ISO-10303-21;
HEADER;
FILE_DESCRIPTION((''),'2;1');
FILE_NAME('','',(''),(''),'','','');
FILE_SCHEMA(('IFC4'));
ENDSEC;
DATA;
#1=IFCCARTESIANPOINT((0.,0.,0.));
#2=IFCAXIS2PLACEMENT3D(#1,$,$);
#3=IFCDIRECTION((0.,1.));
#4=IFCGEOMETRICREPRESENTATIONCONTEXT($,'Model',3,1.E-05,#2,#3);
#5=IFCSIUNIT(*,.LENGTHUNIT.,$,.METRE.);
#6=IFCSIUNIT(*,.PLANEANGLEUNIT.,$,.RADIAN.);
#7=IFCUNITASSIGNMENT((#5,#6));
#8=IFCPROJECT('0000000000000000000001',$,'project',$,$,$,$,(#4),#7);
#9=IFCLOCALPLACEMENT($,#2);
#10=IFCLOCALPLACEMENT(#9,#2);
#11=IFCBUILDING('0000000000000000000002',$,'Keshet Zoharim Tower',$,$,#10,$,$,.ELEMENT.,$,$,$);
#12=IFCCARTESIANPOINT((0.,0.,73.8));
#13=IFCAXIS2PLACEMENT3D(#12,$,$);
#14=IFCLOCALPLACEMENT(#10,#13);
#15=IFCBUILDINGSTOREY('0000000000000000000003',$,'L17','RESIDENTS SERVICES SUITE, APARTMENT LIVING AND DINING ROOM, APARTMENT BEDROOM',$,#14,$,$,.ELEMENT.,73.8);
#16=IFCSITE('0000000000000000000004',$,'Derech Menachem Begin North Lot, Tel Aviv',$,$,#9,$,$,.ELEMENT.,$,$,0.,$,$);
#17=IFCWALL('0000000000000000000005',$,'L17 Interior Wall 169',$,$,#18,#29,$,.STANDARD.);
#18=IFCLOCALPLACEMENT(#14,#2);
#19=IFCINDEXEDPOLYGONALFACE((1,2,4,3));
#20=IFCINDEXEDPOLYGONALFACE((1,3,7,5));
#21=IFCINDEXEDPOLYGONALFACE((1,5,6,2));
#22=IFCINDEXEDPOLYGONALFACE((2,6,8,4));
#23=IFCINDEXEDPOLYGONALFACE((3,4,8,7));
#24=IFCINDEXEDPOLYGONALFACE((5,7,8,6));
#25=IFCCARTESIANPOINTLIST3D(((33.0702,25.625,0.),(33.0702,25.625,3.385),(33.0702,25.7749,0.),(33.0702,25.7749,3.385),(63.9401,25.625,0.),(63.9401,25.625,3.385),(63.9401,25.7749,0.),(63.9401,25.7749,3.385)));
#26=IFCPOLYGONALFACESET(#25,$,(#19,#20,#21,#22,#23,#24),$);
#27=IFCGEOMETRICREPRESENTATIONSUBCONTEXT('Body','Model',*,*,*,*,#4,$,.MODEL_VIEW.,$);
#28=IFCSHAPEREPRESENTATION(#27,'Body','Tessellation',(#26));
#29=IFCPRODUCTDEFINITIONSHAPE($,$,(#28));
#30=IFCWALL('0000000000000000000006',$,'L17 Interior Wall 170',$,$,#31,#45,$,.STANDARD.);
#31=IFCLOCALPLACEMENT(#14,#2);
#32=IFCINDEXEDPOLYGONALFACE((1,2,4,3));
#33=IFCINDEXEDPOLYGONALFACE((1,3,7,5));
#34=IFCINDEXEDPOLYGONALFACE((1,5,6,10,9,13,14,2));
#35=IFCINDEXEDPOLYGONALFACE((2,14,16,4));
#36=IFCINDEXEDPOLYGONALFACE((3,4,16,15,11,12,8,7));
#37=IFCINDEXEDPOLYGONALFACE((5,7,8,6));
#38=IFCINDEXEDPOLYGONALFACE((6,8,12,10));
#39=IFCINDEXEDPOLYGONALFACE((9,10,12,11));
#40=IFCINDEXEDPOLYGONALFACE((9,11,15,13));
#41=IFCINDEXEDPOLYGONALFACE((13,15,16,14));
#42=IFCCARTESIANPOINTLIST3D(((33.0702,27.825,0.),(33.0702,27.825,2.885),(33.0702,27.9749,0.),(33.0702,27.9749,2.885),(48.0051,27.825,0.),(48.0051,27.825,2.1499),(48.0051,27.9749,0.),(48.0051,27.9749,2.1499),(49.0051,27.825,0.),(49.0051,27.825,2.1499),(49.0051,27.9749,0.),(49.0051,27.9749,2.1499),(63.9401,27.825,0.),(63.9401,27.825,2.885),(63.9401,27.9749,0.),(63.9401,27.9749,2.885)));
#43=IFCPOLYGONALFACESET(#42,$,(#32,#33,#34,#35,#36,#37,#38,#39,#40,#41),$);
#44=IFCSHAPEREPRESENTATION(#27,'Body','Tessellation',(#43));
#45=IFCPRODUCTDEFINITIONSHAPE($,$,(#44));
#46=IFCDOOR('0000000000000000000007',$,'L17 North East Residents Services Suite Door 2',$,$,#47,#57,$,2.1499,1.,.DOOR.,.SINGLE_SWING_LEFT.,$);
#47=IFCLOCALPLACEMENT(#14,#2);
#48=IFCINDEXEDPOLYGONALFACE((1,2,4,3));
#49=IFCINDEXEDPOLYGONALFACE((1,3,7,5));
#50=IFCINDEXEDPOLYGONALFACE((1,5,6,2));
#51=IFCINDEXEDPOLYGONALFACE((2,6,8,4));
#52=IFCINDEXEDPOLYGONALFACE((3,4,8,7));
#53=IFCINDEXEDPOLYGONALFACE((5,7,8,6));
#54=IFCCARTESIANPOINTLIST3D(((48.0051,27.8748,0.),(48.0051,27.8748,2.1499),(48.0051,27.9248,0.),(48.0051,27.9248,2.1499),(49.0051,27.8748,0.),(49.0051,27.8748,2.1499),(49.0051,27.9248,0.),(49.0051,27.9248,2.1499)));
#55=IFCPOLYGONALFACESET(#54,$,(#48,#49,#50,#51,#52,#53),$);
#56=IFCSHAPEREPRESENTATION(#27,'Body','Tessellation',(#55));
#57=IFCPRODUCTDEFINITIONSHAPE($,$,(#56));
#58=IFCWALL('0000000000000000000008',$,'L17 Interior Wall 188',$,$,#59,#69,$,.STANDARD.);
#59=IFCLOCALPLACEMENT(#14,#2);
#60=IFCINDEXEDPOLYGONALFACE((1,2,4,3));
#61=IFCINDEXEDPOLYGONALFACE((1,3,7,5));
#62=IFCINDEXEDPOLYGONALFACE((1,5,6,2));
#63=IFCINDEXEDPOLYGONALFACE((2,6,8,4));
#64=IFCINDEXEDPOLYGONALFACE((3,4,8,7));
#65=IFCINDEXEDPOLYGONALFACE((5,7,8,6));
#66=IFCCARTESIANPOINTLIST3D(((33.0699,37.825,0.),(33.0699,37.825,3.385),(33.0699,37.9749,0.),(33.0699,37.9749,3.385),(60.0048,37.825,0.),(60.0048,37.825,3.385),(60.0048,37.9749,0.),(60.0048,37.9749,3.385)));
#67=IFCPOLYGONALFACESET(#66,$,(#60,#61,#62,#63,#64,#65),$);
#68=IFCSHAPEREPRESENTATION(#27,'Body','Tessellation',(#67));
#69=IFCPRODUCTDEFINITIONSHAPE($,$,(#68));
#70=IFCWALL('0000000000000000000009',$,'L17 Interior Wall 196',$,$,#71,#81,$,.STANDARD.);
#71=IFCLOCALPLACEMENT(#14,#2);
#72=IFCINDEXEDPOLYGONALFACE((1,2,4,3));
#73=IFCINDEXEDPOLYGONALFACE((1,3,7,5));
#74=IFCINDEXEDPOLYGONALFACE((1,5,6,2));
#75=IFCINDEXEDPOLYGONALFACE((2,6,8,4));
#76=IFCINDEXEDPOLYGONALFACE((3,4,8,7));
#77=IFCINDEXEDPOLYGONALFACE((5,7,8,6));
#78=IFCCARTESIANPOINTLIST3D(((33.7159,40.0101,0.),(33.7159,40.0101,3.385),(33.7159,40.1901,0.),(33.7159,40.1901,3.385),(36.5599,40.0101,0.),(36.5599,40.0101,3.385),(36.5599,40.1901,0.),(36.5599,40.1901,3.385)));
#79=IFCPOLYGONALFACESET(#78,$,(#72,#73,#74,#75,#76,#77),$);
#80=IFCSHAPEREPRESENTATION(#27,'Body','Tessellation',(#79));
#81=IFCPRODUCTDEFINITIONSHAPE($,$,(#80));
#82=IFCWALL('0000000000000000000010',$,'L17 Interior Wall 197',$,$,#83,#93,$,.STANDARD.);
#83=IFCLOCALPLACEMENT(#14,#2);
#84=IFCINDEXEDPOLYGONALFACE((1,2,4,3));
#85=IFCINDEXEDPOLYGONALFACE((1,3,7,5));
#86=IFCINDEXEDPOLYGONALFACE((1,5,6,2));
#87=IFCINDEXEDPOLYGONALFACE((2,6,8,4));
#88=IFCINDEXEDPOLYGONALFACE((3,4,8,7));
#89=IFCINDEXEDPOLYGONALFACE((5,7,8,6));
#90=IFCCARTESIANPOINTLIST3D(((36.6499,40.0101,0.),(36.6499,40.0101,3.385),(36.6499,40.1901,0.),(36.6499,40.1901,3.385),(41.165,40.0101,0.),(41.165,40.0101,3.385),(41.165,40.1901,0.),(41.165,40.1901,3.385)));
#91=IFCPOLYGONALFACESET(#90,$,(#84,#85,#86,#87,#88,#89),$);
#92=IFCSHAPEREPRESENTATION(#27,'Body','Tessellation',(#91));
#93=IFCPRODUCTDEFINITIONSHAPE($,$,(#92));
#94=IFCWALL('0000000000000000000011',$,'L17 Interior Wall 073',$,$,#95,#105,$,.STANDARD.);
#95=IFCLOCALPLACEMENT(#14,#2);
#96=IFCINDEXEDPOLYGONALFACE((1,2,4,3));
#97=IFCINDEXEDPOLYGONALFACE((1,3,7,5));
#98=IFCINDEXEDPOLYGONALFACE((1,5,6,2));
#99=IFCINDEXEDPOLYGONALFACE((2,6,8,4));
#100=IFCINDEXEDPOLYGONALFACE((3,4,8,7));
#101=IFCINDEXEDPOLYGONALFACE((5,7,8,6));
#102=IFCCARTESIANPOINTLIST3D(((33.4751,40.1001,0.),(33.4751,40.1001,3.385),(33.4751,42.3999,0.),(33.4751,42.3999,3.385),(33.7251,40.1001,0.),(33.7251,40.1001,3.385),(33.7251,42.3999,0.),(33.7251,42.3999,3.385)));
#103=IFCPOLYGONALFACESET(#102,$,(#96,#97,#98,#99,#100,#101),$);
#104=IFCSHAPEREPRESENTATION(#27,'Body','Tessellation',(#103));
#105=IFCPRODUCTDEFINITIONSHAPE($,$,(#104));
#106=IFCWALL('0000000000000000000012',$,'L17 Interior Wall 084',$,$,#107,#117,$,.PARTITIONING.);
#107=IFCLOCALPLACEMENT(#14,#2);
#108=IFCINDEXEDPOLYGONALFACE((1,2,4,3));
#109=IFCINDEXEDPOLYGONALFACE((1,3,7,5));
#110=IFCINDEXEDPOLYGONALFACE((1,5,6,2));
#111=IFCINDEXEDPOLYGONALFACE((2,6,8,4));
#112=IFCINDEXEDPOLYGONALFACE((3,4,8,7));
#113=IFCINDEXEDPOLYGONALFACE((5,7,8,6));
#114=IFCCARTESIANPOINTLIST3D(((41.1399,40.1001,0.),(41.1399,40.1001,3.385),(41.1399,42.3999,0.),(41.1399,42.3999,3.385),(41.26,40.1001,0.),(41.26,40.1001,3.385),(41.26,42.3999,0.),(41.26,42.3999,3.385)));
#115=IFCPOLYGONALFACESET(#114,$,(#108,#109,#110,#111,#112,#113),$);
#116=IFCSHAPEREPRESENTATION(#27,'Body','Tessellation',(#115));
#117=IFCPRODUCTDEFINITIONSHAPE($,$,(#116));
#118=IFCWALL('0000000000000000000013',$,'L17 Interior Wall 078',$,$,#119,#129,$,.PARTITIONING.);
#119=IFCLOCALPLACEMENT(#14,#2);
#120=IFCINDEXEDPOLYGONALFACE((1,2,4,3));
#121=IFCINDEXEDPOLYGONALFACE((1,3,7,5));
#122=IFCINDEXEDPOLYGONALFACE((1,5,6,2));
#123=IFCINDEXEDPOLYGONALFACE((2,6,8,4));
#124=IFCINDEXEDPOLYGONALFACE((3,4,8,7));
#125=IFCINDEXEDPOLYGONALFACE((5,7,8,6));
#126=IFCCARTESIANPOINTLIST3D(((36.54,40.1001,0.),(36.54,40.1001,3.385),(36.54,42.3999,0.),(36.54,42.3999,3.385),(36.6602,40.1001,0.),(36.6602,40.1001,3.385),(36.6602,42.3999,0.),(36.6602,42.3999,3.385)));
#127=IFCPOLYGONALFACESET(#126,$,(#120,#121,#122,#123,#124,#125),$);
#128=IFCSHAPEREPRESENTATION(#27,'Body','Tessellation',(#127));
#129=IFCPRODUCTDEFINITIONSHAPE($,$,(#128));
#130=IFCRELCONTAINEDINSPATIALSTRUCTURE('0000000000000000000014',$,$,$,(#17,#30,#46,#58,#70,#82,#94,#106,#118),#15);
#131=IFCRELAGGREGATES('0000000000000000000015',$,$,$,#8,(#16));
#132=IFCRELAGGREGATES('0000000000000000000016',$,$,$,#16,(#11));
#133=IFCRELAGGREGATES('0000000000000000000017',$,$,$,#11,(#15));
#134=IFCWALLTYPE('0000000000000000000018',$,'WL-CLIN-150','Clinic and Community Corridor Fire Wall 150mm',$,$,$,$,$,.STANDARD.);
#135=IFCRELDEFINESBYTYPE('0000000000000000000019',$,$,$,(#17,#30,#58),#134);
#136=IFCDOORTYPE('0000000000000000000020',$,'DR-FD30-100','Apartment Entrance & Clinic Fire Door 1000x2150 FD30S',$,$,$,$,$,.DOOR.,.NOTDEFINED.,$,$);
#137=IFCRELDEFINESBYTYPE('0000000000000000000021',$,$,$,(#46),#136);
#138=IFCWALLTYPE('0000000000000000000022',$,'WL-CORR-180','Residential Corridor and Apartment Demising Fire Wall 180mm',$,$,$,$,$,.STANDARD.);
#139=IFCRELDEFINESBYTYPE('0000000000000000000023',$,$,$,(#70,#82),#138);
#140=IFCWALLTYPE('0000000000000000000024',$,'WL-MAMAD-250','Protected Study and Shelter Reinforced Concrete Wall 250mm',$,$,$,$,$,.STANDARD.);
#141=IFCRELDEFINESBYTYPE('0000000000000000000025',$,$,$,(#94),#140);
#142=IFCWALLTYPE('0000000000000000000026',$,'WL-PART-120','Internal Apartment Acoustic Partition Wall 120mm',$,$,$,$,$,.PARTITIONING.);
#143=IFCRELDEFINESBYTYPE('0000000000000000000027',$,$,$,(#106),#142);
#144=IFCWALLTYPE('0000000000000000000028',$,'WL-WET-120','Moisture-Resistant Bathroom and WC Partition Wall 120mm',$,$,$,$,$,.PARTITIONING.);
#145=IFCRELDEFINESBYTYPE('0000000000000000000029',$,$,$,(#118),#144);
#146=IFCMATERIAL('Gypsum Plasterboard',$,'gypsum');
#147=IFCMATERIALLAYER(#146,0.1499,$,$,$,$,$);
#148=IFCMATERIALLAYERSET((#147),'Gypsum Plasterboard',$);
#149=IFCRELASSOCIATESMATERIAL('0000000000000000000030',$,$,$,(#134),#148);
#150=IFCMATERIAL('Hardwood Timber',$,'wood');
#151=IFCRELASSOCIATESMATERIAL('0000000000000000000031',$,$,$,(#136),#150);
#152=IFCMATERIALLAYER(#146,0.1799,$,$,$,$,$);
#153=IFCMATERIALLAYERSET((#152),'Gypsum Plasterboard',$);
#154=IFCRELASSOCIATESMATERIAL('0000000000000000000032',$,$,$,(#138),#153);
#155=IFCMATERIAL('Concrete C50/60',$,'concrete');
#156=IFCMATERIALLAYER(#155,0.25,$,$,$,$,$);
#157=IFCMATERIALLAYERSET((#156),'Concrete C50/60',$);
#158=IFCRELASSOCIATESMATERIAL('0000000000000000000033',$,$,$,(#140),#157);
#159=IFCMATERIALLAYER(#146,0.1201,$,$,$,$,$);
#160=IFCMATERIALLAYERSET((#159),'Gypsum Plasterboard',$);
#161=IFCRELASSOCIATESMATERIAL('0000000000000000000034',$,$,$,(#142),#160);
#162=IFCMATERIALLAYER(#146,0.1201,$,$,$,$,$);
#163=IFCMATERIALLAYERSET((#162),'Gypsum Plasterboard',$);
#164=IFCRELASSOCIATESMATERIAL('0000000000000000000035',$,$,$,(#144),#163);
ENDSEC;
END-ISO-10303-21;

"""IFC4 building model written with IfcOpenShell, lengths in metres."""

from ifc_helpers import new_model, si_unit, direction, frame, frame_2d, origin, place, context, subcontext, project, spatial, rectangle, extrude, material, layer, layer_set, type_object, element, fill, save


model = new_model("IFC4")

# Units and contexts
model_context = context("Model", 3, precision=1e-05, world=origin(), true_north=direction((0.0, 1.0)))
body_context = subcontext(model_context, "Body", "Model", "MODEL_VIEW")
ifc_project = project(units=[si_unit("LENGTHUNIT", "METRE"), si_unit("PLANEANGLEUNIT", "RADIAN")], contexts=[model_context])

# Site, building, storey
site_placement = place(None, origin())
site = spatial("IfcSite", under=ifc_project, at=site_placement, Name="Derech Menachem Begin North Lot, Tel Aviv", CompositionType="ELEMENT", RefElevation=0.0)
building_placement = place(site_placement, origin())
building = spatial("IfcBuilding", under=site, at=building_placement, Name="Keshet Zoharim Tower", CompositionType="ELEMENT")
storey_placement = place(building_placement, frame((0.0, 0.0, 73.8)))
storey = spatial("IfcBuildingStorey", under=building, at=storey_placement, Name="L17", Description="RESIDENTS SERVICES SUITE, APARTMENT LIVING AND DINING ROOM, APARTMENT BEDROOM", CompositionType="ELEMENT", Elevation=73.8)

# Shared definitions
ifc_material_1 = material(Name="Gypsum Plasterboard", Category="gypsum")
ifc_layer_1 = layer(ifc_material_1, 0.1499)
ifc_layer_set_1 = layer_set([ifc_layer_1], Name="Gypsum Plasterboard")
wall_type_1 = type_object("IfcWallType", Name="WL-CLIN-150", Description="Clinic and Community Corridor Fire Wall 150mm", PredefinedType="STANDARD", material=ifc_layer_set_1)

# Shared definitions
ifc_material_2 = material(Name="Hardwood Timber", Category="wood")
door_type = type_object("IfcDoorType", Name="DR-FD30-100", Description="Apartment Entrance & Clinic Fire Door 1000x2150 FD30S", OperationType="NOTDEFINED", PredefinedType="DOOR", material=ifc_material_2)

# Wall
wall_1_placement = place(storey_placement, frame((33.0701, 25.7, 0.0), z_axis=(0.0, 0.0, 1.0), x_axis=(1.0, 0.0, 0.0)))
element("IfcWall", 1, at=wall_1_placement, inside=storey, type_object=wall_type_1, Name="L17 Interior Wall 169", PredefinedType="STANDARD", context=body_context, shape_type="SweptSolid", body=[
    extrude(rectangle(XDim=30.8699, YDim=0.1499, at=frame_2d((15.4351, 0.0))), origin(), (0.0, 0.0, 1.0), 3.385),
])

# Wall, opening, door
wall_2_placement = place(storey_placement, frame((33.0701, 27.8999, 0.0), z_axis=(0.0, 0.0, 1.0), x_axis=(1.0, 0.0, 0.0)))
wall_2 = element("IfcWall", 2, at=wall_2_placement, inside=storey, type_object=wall_type_1, Name="L17 Interior Wall 170", PredefinedType="STANDARD", context=body_context, shape_type="SweptSolid", body=[
    extrude(rectangle(XDim=30.8699, YDim=0.1499, at=frame_2d((15.4351, 0.0))), origin(), (0.0, 0.0, 1.0), 2.885),
])
opening_1_placement = place(wall_2_placement, frame((14.9351, 0.0, 0.0)))
opening_1 = element("IfcOpeningElement", 3, at=opening_1_placement, cuts=wall_2, PredefinedType="OPENING", context=body_context, shape_type="SweptSolid", body=[
    extrude(rectangle(XDim=1.0, YDim=2.1499, at=frame_2d((0.5, 1.075))), frame((0.0, 0.085, 0.0), z_axis=(0.0, -1.0, 0.0), x_axis=(1.0, 0.0, 0.0)), (0.0, 0.0, 1.0), 0.1699),
])
door_1_placement = place(opening_1_placement, origin())
door_1 = element("IfcDoor", 4, at=door_1_placement, inside=storey, type_object=door_type, Name="L17 North East Residents Services Suite Door 2", OperationType="SINGLE_SWING_LEFT", OverallHeight=2.1499, OverallWidth=1.0, PredefinedType="DOOR", context=body_context, shape_type="SweptSolid", body=[
    extrude(rectangle(XDim=1.0, YDim=2.1499, at=frame_2d((0.5, 1.075))), frame((0.0, 0.0249, 0.0), z_axis=(0.0, -1.0, 0.0), x_axis=(1.0, 0.0, 0.0)), (0.0, 0.0, 1.0), 0.05),
])
fill(opening_1, door_1)

# Walls
wall_3_placement = place(storey_placement, frame((33.0701, 37.8999, 0.0), z_axis=(0.0, 0.0, 1.0), x_axis=(1.0, 0.0, 0.0)))
element("IfcWall", 5, at=wall_3_placement, inside=storey, type_object=wall_type_1, Name="L17 Interior Wall 188", PredefinedType="STANDARD", context=body_context, shape_type="SweptSolid", body=[
    extrude(rectangle(XDim=26.9348, YDim=0.1499, at=frame_2d((13.4673, 0.0))), origin(), (0.0, 0.0, 1.0), 3.385),
])
ifc_layer_2 = layer(ifc_material_1, 0.1799)
ifc_layer_set_2 = layer_set([ifc_layer_2], Name="Gypsum Plasterboard")
wall_type_2 = type_object("IfcWallType", Name="WL-CORR-180", Description="Residential Corridor and Apartment Demising Fire Wall 180mm", PredefinedType="STANDARD", material=ifc_layer_set_2)
wall_4_placement = place(storey_placement, frame((33.7161, 40.1001, 0.0), z_axis=(0.0, 0.0, 1.0), x_axis=(1.0, 0.0, 0.0)))
element("IfcWall", 6, at=wall_4_placement, inside=storey, type_object=wall_type_2, Name="L17 Interior Wall 196", PredefinedType="STANDARD", context=body_context, shape_type="SweptSolid", body=[
    extrude(rectangle(XDim=2.844, YDim=0.1799, at=frame_2d((1.4219, 0.0))), origin(), (0.0, 0.0, 1.0), 3.385),
])
wall_5_placement = place(storey_placement, frame((36.6499, 40.1001, 0.0), z_axis=(0.0, 0.0, 1.0), x_axis=(1.0, 0.0, 0.0)))
element("IfcWall", 7, at=wall_5_placement, inside=storey, type_object=wall_type_2, Name="L17 Interior Wall 197", PredefinedType="STANDARD", context=body_context, shape_type="SweptSolid", body=[
    extrude(rectangle(XDim=4.5151, YDim=0.1799, at=frame_2d((2.2576, 0.0))), origin(), (0.0, 0.0, 1.0), 3.385),
])

# Walls
ifc_material_3 = material(Name="Concrete C50/60", Category="concrete")
ifc_layer_3 = layer(ifc_material_3, 0.25)
ifc_layer_set_3 = layer_set([ifc_layer_3], Name="Concrete C50/60")
wall_type_3 = type_object("IfcWallType", Name="WL-MAMAD-250", Description="Protected Study and Shelter Reinforced Concrete Wall 250mm", PredefinedType="STANDARD", material=ifc_layer_set_3)
wall_6_placement = place(storey_placement, frame((33.6001, 40.1001, 0.0), z_axis=(0.0, 0.0, 1.0), x_axis=(0.0, 1.0, 0.0)))
element("IfcWall", 8, at=wall_6_placement, inside=storey, type_object=wall_type_3, Name="L17 Interior Wall 073", PredefinedType="STANDARD", context=body_context, shape_type="SweptSolid", body=[
    extrude(rectangle(XDim=2.2998, YDim=0.25, at=frame_2d((1.1499, 0.0))), origin(), (0.0, 0.0, 1.0), 3.385),
])
ifc_layer_4 = layer(ifc_material_1, 0.1201)
ifc_layer_set_4 = layer_set([ifc_layer_4], Name="Gypsum Plasterboard")
wall_type_4 = type_object("IfcWallType", Name="WL-PART-120", Description="Internal Apartment Acoustic Partition Wall 120mm", PredefinedType="PARTITIONING", material=ifc_layer_set_4)
wall_7_placement = place(storey_placement, frame((41.2, 40.1001, 0.0), z_axis=(0.0, 0.0, 1.0), x_axis=(0.0, 1.0, 0.0)))
element("IfcWall", 9, at=wall_7_placement, inside=storey, type_object=wall_type_4, Name="L17 Interior Wall 084", PredefinedType="PARTITIONING", context=body_context, shape_type="SweptSolid", body=[
    extrude(rectangle(XDim=2.2998, YDim=0.1201, at=frame_2d((1.1499, 0.0))), origin(), (0.0, 0.0, 1.0), 3.385),
])
ifc_layer_5 = layer(ifc_material_1, 0.1201)
ifc_layer_set_5 = layer_set([ifc_layer_5], Name="Gypsum Plasterboard")
wall_type_5 = type_object("IfcWallType", Name="WL-WET-120", Description="Moisture-Resistant Bathroom and WC Partition Wall 120mm", PredefinedType="PARTITIONING", material=ifc_layer_set_5)
wall_8_placement = place(storey_placement, frame((36.6001, 40.1001, 0.0), z_axis=(0.0, 0.0, 1.0), x_axis=(0.0, 1.0, 0.0)))
element("IfcWall", 10, at=wall_8_placement, inside=storey, type_object=wall_type_5, Name="L17 Interior Wall 078", PredefinedType="PARTITIONING", context=body_context, shape_type="SweptSolid", body=[
    extrude(rectangle(XDim=2.2998, YDim=0.1201, at=frame_2d((1.1499, 0.0))), origin(), (0.0, 0.0, 1.0), 3.385),
])

save(model, "model.ifc")
